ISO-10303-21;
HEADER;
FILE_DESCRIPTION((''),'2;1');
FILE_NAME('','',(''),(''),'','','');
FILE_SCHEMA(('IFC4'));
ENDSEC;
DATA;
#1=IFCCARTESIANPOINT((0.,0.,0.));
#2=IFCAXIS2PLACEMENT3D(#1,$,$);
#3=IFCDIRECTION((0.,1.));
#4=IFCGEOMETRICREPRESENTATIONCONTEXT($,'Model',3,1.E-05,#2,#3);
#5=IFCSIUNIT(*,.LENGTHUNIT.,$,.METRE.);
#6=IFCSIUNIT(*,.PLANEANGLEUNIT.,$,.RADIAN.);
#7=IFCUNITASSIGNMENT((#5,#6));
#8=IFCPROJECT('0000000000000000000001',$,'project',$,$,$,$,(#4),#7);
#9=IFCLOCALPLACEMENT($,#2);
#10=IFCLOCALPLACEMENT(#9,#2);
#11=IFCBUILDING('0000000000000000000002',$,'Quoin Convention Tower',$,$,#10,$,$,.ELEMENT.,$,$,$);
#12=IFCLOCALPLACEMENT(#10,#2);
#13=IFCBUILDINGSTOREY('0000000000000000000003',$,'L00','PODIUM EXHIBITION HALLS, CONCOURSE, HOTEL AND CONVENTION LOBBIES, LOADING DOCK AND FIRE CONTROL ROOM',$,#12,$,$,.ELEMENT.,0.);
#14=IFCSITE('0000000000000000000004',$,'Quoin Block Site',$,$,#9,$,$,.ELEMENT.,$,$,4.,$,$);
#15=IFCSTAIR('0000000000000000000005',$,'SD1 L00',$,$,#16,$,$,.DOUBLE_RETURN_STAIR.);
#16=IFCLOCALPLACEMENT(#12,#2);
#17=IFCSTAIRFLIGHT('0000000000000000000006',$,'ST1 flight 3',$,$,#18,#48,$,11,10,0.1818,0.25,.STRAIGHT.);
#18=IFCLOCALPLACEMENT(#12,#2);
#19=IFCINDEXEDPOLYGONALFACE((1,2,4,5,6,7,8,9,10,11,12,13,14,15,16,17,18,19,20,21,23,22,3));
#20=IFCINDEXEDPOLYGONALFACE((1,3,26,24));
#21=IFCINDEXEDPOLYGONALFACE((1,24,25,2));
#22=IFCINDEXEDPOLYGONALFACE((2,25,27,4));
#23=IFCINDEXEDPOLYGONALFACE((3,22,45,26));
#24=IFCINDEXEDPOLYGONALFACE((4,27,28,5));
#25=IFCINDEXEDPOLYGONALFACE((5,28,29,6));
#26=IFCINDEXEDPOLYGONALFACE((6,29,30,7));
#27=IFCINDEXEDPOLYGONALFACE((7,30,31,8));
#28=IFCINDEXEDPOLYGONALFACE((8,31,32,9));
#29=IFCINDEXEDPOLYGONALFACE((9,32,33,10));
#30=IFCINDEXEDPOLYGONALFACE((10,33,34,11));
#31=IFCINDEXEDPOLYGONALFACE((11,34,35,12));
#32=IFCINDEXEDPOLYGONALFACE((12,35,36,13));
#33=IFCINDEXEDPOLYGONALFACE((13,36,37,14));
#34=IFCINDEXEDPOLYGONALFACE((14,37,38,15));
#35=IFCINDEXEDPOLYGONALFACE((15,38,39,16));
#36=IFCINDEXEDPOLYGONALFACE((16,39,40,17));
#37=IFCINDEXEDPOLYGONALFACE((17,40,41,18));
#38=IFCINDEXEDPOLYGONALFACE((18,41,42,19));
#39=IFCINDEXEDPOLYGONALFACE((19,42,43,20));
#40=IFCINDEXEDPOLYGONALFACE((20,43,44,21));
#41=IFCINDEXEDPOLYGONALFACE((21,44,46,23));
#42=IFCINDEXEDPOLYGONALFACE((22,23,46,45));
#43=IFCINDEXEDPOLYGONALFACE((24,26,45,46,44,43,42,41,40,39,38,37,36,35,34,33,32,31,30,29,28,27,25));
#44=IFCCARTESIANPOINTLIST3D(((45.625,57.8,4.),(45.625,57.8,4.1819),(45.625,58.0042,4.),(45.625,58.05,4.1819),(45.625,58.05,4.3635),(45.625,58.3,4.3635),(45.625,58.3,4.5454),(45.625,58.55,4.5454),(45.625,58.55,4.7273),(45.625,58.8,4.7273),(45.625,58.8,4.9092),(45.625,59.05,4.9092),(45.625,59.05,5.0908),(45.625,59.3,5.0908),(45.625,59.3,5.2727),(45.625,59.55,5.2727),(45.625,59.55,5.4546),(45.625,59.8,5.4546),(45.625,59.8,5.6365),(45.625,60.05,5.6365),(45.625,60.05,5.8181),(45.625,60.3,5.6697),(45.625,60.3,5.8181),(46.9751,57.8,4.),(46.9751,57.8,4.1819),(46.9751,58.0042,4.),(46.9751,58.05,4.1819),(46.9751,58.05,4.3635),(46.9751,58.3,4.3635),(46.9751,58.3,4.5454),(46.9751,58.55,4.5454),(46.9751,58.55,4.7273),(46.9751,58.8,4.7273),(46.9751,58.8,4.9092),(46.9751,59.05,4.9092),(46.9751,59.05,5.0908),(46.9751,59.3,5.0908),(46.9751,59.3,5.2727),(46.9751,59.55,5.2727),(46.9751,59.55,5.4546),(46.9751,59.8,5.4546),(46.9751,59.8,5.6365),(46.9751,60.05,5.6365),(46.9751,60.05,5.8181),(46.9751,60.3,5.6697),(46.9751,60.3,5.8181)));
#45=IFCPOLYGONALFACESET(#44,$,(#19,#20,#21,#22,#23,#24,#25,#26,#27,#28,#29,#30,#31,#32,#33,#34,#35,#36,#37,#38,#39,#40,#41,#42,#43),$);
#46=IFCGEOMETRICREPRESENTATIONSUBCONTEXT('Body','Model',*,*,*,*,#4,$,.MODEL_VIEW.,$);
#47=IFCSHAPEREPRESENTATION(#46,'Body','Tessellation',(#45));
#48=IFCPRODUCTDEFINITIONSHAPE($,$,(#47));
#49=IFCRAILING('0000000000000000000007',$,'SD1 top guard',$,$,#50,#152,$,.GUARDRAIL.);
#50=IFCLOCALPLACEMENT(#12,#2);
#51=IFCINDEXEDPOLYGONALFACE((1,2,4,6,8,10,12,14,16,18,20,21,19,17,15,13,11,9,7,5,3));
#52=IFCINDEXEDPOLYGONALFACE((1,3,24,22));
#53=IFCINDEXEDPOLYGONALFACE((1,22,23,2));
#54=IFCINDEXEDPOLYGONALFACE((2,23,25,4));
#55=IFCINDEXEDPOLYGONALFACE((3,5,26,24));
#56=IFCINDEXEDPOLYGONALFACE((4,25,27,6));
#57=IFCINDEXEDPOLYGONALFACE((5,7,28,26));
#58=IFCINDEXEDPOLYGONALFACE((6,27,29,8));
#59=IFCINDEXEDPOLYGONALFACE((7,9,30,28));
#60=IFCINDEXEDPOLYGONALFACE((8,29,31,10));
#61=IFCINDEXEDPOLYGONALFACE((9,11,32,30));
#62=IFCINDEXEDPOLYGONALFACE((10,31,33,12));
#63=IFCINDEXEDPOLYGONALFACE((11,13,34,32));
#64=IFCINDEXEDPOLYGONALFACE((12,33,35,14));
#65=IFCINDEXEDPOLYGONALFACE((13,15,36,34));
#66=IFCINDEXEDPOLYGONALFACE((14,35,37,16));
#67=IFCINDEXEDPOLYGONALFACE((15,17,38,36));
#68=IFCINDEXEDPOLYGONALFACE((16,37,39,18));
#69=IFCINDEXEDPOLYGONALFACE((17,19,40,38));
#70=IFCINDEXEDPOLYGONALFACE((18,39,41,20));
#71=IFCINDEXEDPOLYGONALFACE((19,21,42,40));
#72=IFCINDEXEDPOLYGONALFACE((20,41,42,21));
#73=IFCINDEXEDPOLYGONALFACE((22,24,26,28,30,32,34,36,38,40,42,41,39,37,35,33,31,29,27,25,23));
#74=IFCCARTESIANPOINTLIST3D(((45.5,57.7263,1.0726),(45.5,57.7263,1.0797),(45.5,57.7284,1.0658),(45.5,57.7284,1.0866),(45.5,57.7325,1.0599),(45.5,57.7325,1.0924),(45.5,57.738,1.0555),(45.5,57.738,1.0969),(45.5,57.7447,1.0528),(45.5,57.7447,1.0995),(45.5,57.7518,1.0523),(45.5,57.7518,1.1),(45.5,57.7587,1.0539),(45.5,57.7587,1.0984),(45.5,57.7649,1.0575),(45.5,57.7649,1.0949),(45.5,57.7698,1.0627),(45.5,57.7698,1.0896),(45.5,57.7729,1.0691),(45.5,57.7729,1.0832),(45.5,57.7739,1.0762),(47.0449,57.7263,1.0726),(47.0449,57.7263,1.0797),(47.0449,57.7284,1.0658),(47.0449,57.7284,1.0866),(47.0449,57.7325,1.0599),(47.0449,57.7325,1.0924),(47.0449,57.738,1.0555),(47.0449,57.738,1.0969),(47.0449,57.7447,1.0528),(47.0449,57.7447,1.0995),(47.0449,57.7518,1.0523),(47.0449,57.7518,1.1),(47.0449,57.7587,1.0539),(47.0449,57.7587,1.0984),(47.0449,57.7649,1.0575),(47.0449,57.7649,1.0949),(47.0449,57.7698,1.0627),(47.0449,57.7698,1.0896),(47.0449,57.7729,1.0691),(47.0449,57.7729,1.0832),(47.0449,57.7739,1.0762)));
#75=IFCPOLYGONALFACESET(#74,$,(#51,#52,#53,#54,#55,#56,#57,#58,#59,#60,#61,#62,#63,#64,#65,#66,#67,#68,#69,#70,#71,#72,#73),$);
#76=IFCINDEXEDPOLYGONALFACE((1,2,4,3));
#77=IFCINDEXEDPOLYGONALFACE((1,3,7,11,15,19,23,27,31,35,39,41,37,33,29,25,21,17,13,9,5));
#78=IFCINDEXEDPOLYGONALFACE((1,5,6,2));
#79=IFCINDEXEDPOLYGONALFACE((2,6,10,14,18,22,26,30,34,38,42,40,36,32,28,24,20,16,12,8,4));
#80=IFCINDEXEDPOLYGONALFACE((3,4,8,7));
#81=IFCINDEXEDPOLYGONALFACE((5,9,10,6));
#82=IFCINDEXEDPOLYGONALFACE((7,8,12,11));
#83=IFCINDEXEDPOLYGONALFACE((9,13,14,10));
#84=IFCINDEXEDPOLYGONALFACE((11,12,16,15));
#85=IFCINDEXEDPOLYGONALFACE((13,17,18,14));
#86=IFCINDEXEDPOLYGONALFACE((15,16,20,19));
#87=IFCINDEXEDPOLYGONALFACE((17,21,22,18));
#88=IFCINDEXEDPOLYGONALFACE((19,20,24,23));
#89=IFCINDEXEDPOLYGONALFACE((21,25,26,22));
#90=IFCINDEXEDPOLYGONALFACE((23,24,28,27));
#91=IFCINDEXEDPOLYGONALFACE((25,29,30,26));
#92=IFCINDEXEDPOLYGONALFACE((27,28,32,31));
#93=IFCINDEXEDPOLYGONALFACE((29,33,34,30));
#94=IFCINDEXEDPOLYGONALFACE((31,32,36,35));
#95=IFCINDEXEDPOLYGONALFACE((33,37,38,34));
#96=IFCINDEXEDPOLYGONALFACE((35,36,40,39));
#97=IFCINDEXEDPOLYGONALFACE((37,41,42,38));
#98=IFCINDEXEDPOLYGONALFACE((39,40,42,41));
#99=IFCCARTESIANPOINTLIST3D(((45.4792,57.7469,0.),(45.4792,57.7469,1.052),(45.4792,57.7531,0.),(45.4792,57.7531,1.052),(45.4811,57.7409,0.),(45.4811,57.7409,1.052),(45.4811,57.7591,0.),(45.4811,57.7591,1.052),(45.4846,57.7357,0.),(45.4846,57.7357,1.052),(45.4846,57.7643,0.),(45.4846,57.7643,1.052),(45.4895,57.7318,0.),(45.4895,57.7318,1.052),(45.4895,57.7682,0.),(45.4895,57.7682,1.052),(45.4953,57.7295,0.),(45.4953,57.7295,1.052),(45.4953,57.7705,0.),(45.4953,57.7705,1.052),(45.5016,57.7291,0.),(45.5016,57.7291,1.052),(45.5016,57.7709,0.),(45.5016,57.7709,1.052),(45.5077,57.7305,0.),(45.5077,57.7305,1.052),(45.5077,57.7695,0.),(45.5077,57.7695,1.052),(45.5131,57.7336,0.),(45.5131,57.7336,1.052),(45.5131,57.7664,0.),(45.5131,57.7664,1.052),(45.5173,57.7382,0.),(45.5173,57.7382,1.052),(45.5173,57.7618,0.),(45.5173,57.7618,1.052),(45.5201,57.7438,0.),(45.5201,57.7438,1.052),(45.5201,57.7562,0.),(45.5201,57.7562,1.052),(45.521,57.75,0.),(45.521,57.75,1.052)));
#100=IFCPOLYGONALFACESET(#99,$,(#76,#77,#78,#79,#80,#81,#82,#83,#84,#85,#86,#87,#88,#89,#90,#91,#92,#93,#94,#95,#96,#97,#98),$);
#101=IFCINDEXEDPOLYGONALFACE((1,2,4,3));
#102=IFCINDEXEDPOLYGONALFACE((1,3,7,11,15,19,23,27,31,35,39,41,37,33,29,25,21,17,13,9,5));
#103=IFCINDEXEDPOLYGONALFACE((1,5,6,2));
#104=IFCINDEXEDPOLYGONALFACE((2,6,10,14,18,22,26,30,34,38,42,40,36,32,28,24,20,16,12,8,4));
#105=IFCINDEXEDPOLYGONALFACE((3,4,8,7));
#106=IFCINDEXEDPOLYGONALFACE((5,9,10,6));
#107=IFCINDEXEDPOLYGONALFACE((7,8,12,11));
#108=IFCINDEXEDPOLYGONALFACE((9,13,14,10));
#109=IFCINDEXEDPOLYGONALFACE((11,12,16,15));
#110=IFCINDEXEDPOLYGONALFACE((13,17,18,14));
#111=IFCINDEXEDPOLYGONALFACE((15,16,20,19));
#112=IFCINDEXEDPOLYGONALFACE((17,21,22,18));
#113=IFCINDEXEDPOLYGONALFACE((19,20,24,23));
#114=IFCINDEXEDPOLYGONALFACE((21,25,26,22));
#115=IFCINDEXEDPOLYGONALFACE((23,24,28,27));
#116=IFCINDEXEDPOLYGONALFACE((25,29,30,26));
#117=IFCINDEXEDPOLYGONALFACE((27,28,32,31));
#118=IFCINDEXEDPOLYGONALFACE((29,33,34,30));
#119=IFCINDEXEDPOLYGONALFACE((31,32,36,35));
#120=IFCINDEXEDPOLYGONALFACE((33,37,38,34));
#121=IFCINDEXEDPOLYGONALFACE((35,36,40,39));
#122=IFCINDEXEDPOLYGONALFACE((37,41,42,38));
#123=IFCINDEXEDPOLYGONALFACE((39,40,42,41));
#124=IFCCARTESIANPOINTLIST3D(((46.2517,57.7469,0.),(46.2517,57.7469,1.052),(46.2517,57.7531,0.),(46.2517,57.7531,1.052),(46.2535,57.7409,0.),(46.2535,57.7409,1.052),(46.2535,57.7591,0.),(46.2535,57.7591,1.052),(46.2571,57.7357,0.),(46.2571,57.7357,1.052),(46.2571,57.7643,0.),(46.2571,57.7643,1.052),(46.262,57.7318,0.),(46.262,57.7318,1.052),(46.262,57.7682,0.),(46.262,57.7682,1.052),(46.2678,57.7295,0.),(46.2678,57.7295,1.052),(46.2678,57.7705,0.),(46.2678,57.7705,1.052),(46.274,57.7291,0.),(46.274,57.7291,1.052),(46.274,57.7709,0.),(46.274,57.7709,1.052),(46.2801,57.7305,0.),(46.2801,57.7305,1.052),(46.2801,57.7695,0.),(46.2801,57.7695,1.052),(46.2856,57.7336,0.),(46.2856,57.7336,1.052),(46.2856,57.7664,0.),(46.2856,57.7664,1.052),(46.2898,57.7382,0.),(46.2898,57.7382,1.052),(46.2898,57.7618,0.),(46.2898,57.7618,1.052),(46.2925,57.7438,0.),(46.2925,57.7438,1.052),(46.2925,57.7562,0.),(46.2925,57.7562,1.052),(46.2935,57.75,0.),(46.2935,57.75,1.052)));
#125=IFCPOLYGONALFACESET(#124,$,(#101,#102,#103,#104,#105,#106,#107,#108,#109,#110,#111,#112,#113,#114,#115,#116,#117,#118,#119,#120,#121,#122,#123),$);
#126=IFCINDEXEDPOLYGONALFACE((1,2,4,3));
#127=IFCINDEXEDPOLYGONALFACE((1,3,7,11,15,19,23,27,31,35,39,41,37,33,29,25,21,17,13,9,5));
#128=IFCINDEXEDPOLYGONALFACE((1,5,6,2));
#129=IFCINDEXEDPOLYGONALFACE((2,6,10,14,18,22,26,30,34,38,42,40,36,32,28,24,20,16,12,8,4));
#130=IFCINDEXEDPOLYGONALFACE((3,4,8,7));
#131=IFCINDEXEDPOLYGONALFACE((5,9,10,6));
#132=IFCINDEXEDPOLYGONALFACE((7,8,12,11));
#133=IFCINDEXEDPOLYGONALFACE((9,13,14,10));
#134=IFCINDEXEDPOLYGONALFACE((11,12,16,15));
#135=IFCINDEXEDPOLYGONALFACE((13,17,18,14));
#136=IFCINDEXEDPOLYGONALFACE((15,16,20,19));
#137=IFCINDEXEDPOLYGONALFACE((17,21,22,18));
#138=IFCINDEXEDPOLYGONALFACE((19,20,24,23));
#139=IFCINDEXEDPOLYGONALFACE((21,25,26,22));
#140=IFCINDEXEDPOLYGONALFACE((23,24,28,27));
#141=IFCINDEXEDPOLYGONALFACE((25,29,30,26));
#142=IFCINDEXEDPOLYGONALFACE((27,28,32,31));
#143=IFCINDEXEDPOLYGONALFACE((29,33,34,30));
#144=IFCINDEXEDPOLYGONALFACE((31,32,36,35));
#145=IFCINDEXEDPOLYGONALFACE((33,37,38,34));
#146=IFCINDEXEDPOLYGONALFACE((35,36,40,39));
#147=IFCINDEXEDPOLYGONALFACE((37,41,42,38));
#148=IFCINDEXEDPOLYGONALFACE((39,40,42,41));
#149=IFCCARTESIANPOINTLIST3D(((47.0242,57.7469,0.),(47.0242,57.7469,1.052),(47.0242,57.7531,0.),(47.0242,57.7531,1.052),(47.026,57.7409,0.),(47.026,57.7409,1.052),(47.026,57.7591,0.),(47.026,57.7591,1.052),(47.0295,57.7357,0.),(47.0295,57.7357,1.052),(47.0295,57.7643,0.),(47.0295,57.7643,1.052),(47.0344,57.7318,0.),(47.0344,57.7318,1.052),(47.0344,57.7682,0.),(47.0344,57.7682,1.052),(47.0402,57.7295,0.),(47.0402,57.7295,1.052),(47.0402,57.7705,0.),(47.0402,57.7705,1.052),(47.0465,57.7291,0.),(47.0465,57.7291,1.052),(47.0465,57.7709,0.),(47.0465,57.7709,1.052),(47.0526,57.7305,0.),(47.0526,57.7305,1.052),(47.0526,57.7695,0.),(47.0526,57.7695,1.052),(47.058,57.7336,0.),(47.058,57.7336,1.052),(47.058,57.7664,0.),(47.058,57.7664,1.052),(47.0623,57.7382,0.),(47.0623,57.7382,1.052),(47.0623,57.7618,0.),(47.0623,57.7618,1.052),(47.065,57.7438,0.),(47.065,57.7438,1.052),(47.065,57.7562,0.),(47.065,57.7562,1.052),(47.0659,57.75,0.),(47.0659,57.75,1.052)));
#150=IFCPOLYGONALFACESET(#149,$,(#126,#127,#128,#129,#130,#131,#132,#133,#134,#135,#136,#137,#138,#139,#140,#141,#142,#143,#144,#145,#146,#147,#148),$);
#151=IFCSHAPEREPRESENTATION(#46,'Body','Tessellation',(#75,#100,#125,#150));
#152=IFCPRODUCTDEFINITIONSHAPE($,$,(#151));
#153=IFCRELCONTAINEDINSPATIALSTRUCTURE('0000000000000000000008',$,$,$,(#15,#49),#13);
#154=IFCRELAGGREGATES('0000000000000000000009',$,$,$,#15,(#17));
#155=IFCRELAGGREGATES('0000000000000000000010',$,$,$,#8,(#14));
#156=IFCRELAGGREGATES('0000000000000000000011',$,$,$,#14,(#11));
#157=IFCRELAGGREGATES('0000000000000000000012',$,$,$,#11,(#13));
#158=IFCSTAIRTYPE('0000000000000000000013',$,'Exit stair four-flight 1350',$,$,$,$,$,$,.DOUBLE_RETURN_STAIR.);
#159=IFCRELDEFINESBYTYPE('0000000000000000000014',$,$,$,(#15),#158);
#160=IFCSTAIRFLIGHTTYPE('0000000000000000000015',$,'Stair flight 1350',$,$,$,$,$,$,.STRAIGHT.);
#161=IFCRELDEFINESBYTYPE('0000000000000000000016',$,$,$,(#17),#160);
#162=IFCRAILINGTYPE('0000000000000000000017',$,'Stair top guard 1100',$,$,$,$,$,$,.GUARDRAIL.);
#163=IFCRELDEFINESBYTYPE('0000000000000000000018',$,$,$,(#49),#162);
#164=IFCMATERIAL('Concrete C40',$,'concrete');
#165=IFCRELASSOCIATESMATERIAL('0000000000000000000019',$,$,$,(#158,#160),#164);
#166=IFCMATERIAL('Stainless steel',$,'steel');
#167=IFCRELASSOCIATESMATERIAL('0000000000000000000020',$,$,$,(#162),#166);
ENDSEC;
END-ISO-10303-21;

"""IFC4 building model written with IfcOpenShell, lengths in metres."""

from ifc_helpers import new_model, si_unit, direction, frame, origin, origin_2d, place, context, subcontext, project, spatial, polyline, circle, outline, extrude, material, type_object, element, aggregate, save


model = new_model("IFC4")

# Units and contexts
model_context = context("Model", 3, precision=1e-05, world=origin(), true_north=direction((0.0, 1.0)))
body_context = subcontext(model_context, "Body", "Model", "MODEL_VIEW")
ifc_project = project(units=[si_unit("LENGTHUNIT", "METRE"), si_unit("PLANEANGLEUNIT", "RADIAN")], contexts=[model_context])

# Site, building, storey
site_placement = place(None, origin())
site = spatial("IfcSite", under=ifc_project, at=site_placement, Name="Quoin Block Site", CompositionType="ELEMENT", RefElevation=4.0)
building_placement = place(site_placement, origin())
building = spatial("IfcBuilding", under=site, at=building_placement, Name="Quoin Convention Tower", CompositionType="ELEMENT")
storey_placement = place(building_placement, origin())
storey = spatial("IfcBuildingStorey", under=building, at=storey_placement, Name="L00", Description="PODIUM EXHIBITION HALLS, CONCOURSE, HOTEL AND CONVENTION LOBBIES, LOADING DOCK AND FIRE CONTROL ROOM", CompositionType="ELEMENT", Elevation=0.0)

# Stair, stair flight
ifc_material_1 = material(Name="Concrete C40", Category="concrete")
stair_type = type_object("IfcStairType", Name="Exit stair four-flight 1350", PredefinedType="DOUBLE_RETURN_STAIR", material=ifc_material_1)
stair_placement = place(storey_placement, origin())
stair = element("IfcStair", 1, at=stair_placement, inside=storey, type_object=stair_type, Name="SD1 L00", PredefinedType="DOUBLE_RETURN_STAIR")
stair_flight_type = type_object("IfcStairFlightType", Name="Stair flight 1350", PredefinedType="STRAIGHT", material=ifc_material_1)
stair_flight_1_placement = place(storey_placement, frame((46.3, 57.8, 4.0), z_axis=(0.0, 0.0, 1.0), x_axis=(0.0, 1.0, 0.0)))
stair_flight_1 = element("IfcStairFlight", 2, at=stair_flight_1_placement, type_object=stair_flight_type, Name="ST1 flight 3", NumberOfRisers=11, NumberOfTreads=10, PredefinedType="STRAIGHT", RiserHeight=0.1818, TreadLength=0.25, context=body_context, shape_type="SweptSolid", body=[
    extrude(outline(polyline([(0.0, 0.0), (0.0, 0.1819), (0.25, 0.1819), (0.25, 0.3635), (0.5, 0.3635), (0.5, 0.5454), (0.75, 0.5454), (0.75, 0.7273), (1.0, 0.7273), (1.0, 0.9092), (1.25, 0.9092), (1.25, 1.0908), (1.5, 1.0908), (1.5, 1.2727), (1.75, 1.2727), (1.75, 1.4546), (2.0, 1.4546), (2.0, 1.6365), (2.25, 1.6365), (2.25, 1.8181), (2.5, 1.8181), (2.5, 2.0), (2.5, 1.6697), (0.2041, 0.0), (0.0, 0.0)])), frame((0.0, 0.675, 0.0), z_axis=(0.0, -1.0, 0.0), x_axis=(1.0, 0.0, 0.0)), (0.0, 0.0, 1.0), 1.3501),
])
aggregate(stair, [stair_flight_1])

# Railing
ifc_material_2 = material(Name="Stainless steel", Category="steel")
railing_type_1 = type_object("IfcRailingType", Name="Stair top guard 1100", PredefinedType="GUARDRAIL", material=ifc_material_2)
railing_1_placement = place(storey_placement, frame((45.5, 57.75, 0.0)))
element("IfcRailing", 3, at=railing_1_placement, inside=storey, type_object=railing_type_1, Name="SD1 top guard", PredefinedType="GUARDRAIL", context=body_context, shape_type="SweptSolid", body=[
    extrude(circle(Radius=0.0239, at=origin_2d()), frame((0.0, 0.0, 1.0762), z_axis=(1.0, 0.0, 0.0), x_axis=(0.0, 1.0, 0.0)), (0.0, 0.0, 1.0), 1.5449),
    extrude(circle(Radius=0.021, at=origin_2d()), origin(), (0.0, 0.0, 1.0), 1.052),
    extrude(circle(Radius=0.021, at=origin_2d()), frame((0.7725, 0.0, 0.0)), (0.0, 0.0, 1.0), 1.052),
    extrude(circle(Radius=0.021, at=origin_2d()), frame((1.5449, 0.0, 0.0)), (0.0, 0.0, 1.0), 1.052),
])

save(model, "model.ifc")
